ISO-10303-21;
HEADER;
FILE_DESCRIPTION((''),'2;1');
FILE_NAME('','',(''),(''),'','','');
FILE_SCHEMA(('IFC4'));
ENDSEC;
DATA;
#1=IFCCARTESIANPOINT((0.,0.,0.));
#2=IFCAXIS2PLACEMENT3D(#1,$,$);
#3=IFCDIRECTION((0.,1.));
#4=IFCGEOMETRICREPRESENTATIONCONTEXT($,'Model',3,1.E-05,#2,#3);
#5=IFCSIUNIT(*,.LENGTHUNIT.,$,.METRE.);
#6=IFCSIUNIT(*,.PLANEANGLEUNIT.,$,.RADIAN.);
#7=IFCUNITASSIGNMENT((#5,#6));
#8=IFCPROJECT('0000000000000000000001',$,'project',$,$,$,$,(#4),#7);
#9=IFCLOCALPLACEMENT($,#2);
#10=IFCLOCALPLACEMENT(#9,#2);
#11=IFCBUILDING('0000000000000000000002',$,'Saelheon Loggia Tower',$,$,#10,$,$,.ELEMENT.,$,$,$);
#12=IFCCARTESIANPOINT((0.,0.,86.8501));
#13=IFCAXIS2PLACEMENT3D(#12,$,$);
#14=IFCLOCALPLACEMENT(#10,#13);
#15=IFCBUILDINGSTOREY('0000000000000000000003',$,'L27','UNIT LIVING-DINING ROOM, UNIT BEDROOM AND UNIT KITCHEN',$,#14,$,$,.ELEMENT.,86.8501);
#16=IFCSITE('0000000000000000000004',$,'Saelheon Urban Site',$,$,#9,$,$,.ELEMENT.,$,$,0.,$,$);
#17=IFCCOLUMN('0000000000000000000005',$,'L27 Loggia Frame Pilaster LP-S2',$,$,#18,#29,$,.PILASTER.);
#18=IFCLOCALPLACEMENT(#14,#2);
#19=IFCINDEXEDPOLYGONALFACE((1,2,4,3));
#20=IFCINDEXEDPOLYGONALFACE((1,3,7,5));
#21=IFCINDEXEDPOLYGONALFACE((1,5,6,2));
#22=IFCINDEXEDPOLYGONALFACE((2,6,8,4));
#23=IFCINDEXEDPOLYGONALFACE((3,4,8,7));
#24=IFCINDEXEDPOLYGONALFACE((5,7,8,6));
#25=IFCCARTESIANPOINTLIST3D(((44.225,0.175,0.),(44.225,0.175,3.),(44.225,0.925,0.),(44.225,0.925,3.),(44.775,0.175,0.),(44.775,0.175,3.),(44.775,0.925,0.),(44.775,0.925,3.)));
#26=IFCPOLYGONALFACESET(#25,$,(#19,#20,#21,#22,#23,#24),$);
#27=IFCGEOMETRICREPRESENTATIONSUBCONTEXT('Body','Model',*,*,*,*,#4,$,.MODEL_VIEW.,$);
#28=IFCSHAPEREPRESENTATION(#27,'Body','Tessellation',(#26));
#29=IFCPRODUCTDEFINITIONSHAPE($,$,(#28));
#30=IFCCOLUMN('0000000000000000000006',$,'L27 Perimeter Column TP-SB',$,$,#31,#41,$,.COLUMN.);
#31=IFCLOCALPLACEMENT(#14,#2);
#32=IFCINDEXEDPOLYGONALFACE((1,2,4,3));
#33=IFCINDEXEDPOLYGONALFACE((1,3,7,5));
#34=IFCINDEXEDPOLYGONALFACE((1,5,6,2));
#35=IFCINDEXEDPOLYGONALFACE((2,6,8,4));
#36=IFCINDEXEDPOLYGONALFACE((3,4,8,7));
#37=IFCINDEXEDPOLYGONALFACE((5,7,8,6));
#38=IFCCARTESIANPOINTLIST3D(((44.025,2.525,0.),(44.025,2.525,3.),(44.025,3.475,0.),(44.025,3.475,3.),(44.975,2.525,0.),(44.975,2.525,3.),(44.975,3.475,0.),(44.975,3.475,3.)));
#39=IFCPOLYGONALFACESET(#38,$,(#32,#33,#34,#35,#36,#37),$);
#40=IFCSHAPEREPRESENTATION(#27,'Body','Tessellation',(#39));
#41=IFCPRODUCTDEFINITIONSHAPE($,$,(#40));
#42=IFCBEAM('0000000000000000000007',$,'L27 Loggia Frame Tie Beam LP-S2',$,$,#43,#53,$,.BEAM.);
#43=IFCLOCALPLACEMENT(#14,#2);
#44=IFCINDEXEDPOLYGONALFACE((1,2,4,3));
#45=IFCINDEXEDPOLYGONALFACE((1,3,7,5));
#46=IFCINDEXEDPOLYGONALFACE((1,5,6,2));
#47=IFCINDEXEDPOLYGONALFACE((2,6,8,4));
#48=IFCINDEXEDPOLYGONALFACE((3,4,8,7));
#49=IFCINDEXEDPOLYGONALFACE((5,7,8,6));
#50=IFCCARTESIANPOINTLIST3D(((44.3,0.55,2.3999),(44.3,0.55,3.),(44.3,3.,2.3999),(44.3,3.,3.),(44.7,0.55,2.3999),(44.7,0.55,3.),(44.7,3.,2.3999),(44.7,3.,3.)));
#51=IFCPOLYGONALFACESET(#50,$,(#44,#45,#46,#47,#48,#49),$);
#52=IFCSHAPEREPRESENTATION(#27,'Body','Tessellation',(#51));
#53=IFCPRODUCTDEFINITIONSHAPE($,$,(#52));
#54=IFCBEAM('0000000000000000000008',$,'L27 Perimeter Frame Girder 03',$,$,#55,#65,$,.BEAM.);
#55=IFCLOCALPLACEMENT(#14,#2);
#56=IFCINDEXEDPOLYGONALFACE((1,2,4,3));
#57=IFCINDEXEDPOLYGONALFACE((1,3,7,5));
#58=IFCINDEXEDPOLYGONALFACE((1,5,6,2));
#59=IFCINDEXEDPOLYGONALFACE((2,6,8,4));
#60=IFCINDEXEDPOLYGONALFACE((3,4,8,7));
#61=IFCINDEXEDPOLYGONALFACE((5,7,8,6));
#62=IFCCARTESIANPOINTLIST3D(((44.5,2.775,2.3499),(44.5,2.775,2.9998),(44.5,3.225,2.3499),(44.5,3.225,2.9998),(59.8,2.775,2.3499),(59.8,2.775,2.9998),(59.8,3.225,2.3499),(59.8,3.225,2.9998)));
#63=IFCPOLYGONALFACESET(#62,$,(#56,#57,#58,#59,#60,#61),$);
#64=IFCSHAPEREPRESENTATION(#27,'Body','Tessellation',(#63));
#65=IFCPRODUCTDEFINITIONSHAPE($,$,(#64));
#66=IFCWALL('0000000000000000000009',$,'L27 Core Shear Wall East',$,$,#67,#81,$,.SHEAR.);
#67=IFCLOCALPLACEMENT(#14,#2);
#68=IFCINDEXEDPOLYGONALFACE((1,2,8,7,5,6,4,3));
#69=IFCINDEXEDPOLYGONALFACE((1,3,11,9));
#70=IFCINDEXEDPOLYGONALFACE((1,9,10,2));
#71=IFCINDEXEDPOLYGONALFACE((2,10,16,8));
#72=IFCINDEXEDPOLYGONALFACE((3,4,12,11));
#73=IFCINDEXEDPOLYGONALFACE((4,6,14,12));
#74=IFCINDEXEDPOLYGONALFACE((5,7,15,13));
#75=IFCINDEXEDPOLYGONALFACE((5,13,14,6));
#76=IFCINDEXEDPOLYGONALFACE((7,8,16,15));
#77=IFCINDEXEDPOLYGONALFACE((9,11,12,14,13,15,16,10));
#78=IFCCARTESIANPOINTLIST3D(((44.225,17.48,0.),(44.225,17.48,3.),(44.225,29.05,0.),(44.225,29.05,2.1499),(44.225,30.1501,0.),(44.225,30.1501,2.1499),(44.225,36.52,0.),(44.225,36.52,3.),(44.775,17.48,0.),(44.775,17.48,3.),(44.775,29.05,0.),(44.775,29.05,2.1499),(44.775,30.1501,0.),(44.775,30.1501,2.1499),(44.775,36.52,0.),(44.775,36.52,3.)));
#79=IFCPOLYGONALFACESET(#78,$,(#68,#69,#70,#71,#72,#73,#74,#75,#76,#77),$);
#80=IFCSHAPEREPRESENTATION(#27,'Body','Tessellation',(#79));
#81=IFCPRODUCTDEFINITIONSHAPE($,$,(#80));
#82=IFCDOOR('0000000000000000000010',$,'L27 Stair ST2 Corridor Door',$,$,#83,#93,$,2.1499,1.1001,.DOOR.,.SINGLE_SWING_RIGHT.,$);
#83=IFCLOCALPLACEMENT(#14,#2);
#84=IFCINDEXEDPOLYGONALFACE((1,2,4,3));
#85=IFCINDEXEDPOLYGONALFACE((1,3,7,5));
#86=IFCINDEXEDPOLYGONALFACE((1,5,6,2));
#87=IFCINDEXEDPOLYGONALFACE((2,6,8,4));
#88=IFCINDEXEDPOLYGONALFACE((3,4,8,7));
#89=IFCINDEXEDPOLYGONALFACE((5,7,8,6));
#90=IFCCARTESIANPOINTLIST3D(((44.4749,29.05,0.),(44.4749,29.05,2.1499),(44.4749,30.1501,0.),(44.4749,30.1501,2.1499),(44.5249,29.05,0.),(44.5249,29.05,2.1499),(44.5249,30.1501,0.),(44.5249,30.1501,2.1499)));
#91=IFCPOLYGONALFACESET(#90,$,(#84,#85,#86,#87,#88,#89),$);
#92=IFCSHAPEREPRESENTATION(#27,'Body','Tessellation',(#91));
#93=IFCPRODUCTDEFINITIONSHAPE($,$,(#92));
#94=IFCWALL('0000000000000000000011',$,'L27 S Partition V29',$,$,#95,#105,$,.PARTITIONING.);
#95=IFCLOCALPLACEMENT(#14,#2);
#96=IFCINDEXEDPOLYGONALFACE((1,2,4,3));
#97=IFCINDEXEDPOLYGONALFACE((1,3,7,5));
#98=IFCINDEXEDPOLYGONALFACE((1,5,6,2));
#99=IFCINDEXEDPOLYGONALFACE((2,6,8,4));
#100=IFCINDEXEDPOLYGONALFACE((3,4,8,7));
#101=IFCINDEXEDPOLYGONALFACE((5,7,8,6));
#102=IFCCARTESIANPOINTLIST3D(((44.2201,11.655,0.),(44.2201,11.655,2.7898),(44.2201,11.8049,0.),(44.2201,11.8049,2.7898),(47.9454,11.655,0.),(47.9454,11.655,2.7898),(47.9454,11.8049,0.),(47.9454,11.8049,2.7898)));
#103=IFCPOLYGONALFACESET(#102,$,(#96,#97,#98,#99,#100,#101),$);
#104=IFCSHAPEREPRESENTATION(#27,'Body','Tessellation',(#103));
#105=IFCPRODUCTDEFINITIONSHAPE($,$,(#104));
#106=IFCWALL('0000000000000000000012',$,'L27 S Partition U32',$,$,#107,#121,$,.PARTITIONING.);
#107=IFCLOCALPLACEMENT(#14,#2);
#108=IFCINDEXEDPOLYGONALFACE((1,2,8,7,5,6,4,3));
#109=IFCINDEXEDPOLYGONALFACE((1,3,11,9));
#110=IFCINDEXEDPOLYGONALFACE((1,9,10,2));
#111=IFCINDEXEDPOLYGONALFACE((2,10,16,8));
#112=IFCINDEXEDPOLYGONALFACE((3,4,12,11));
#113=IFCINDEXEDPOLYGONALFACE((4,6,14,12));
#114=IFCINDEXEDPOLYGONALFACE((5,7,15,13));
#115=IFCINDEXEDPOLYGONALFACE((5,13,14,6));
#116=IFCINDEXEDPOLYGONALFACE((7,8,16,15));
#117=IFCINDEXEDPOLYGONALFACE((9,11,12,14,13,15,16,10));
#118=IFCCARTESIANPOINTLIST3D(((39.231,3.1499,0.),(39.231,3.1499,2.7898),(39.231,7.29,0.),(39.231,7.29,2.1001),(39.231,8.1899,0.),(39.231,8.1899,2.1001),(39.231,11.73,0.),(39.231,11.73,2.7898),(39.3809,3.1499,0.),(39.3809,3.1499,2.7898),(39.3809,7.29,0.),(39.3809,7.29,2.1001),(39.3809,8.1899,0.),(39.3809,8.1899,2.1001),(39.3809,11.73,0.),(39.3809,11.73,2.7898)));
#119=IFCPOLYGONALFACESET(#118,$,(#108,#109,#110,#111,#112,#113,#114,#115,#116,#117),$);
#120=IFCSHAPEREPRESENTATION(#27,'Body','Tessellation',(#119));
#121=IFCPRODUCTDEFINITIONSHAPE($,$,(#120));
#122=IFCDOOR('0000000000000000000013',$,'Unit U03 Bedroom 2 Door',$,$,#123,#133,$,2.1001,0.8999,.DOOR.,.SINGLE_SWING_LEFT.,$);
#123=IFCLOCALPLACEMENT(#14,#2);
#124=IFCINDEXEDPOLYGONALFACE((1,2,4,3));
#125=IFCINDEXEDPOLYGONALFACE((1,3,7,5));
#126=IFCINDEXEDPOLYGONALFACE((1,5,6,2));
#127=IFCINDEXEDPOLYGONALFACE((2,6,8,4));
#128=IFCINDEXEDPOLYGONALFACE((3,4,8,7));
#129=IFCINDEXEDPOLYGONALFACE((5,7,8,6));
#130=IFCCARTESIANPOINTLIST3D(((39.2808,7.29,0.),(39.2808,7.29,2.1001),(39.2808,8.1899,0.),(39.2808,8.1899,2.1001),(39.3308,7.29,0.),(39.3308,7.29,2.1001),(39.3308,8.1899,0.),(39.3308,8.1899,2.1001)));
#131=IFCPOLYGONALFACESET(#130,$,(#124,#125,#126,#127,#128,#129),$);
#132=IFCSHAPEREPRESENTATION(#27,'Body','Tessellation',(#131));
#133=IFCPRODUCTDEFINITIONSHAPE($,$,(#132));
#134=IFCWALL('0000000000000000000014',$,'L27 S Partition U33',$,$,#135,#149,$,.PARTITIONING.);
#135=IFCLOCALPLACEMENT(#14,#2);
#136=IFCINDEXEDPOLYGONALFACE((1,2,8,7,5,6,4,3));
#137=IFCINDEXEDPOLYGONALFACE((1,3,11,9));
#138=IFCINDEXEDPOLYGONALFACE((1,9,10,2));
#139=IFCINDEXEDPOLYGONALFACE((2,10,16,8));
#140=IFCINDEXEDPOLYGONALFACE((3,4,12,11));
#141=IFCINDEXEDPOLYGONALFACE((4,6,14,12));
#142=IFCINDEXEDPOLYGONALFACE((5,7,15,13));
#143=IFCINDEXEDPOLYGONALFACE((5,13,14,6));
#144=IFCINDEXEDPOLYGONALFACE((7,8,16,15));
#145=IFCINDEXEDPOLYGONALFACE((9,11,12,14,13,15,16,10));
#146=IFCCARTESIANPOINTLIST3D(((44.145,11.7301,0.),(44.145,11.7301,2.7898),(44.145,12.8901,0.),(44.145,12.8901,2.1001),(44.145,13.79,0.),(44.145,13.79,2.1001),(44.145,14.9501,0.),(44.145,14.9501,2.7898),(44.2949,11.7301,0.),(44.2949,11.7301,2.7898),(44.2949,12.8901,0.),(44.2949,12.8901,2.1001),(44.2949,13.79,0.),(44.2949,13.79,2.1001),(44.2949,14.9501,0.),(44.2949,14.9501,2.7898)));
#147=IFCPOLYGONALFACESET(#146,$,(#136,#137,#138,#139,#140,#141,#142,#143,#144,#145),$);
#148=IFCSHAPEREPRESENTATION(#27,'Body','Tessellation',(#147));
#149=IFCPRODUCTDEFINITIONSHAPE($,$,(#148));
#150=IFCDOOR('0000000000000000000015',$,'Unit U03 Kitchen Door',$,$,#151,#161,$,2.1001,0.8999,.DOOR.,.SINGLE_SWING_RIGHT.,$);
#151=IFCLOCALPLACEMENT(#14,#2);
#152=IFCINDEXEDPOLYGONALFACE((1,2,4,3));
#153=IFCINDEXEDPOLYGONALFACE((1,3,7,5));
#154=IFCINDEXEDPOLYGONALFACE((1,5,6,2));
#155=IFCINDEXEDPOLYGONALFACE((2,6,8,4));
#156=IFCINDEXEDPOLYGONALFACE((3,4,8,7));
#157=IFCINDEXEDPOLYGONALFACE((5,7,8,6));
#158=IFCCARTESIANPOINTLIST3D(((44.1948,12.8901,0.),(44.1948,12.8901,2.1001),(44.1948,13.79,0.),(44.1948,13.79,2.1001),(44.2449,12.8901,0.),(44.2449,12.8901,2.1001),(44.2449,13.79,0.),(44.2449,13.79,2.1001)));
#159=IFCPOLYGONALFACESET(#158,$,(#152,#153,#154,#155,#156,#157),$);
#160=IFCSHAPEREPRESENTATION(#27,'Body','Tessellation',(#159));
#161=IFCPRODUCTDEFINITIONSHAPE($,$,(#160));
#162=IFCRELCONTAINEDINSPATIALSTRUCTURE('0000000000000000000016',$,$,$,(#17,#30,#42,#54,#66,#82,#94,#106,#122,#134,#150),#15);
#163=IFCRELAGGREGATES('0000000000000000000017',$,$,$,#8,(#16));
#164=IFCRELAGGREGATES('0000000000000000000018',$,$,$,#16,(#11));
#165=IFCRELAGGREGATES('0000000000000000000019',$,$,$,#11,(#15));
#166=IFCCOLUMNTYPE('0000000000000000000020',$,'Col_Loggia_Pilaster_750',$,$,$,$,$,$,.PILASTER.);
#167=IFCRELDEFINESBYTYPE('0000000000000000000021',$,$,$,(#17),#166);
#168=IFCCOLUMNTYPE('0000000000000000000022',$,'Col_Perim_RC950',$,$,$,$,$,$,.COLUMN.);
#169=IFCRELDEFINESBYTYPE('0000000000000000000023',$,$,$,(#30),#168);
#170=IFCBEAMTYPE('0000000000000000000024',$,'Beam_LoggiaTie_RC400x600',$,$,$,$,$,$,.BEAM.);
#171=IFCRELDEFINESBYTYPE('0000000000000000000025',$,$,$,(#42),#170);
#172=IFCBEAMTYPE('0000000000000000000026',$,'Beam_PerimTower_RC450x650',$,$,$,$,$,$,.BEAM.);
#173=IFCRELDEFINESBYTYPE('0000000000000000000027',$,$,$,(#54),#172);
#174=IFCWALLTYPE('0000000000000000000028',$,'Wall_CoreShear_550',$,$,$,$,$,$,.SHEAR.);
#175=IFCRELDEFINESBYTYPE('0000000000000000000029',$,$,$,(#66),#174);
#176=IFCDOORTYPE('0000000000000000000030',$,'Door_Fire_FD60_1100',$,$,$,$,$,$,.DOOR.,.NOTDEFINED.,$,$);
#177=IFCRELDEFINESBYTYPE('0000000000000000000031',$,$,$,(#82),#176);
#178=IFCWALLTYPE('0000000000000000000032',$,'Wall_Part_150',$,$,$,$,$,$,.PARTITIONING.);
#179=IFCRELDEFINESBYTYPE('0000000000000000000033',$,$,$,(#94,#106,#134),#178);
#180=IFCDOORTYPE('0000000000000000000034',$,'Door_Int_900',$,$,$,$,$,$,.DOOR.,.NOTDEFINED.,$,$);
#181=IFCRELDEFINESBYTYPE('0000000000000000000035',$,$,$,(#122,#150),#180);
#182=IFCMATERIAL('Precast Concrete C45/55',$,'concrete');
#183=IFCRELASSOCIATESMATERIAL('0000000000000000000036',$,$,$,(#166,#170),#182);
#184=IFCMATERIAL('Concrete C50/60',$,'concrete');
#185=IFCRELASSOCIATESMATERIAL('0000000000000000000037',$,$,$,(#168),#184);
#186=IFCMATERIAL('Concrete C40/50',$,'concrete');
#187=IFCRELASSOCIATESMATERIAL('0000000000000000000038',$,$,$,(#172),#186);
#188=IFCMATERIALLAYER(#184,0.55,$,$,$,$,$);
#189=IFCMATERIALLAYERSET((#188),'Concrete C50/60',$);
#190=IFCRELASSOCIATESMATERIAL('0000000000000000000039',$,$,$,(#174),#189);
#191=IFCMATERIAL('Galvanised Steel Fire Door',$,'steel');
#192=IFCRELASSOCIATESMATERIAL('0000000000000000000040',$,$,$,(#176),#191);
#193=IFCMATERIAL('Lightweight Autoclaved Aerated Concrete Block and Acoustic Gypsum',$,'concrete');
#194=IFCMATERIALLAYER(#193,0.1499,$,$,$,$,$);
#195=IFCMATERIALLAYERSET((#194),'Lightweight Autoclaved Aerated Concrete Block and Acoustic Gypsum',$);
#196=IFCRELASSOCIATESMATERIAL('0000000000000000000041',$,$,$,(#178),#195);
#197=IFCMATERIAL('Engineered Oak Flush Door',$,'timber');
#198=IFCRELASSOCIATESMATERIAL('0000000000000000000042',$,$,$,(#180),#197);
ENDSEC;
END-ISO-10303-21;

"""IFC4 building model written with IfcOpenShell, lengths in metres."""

from ifc_helpers import new_model, si_unit, direction, frame, frame_2d, origin, origin_2d, place, context, subcontext, project, spatial, rectangle, extrude, source, transform, mapped, material, layer, layer_set, material_profile, profile_set, type_object, element, fill, save


model = new_model("IFC4")

# Units and contexts
model_context = context("Model", 3, precision=1e-05, world=origin(), true_north=direction((0.0, 1.0)))
body_context = subcontext(model_context, "Body", "Model", "MODEL_VIEW")
ifc_project = project(units=[si_unit("LENGTHUNIT", "METRE"), si_unit("PLANEANGLEUNIT", "RADIAN")], contexts=[model_context])

# Site, building, storey
site_placement = place(None, origin())
site = spatial("IfcSite", under=ifc_project, at=site_placement, Name="Saelheon Urban Site", CompositionType="ELEMENT", RefElevation=0.0)
building_placement = place(site_placement, origin())
building = spatial("IfcBuilding", under=site, at=building_placement, Name="Saelheon Loggia Tower", CompositionType="ELEMENT")
storey_placement = place(building_placement, frame((0.0, 0.0, 86.8501)))
storey = spatial("IfcBuildingStorey", under=building, at=storey_placement, Name="L27", Description="UNIT LIVING-DINING ROOM, UNIT BEDROOM AND UNIT KITCHEN", CompositionType="ELEMENT", Elevation=86.8501)

# Columns
ifc_material_1 = material(Name="Precast Concrete C45/55", Category="concrete")
ifc_material_profile_1 = material_profile(ifc_material_1, rectangle(XDim=0.55, YDim=0.75, at=origin_2d()), Name="RC-550x750")
ifc_profile_set_1 = profile_set([ifc_material_profile_1], Name="Precast Concrete C45/55")
column_type_1 = type_object("IfcColumnType", Name="Col_Loggia_Pilaster_750", PredefinedType="PILASTER", material=ifc_profile_set_1)
shared_shape_1 = source(origin(), body_context, "Body", "SweptSolid", [
    extrude(rectangle(XDim=0.55, YDim=0.75, at=origin_2d()), origin(), (0.0, 0.0, 1.0), 3.0),
])
column_1_placement = place(storey_placement, frame((44.5, 0.55, 0.0), z_axis=(0.0, 0.0, 1.0), x_axis=(1.0, 0.0, 0.0)))
element("IfcColumn", 1, at=column_1_placement, inside=storey, type_object=column_type_1, Name="L27 Loggia Frame Pilaster LP-S2", PredefinedType="PILASTER", context=body_context, shape_type="MappedRepresentation", body=[
    mapped(shared_shape_1, transform((0.0, 0.0, 0.0), scale=1.0)),
])
ifc_material_2 = material(Name="Concrete C50/60", Category="concrete")
ifc_material_profile_2 = material_profile(ifc_material_2, rectangle(XDim=0.95, YDim=0.95, at=origin_2d()), Name="RC-950x950")
ifc_profile_set_2 = profile_set([ifc_material_profile_2], Name="Concrete C50/60")
column_type_2 = type_object("IfcColumnType", Name="Col_Perim_RC950", PredefinedType="COLUMN", material=ifc_profile_set_2)
shared_shape_2 = source(origin(), body_context, "Body", "SweptSolid", [
    extrude(rectangle(XDim=0.95, YDim=0.95, at=origin_2d()), origin(), (0.0, 0.0, 1.0), 3.0),
])
column_2_placement = place(storey_placement, frame((44.5, 3.0, 0.0), z_axis=(0.0, 0.0, 1.0), x_axis=(1.0, 0.0, 0.0)))
element("IfcColumn", 2, at=column_2_placement, inside=storey, type_object=column_type_2, Name="L27 Perimeter Column TP-SB", PredefinedType="COLUMN", context=body_context, shape_type="MappedRepresentation", body=[
    mapped(shared_shape_2, transform((0.0, 0.0, 0.0), scale=1.0)),
])

# Beams
ifc_material_profile_3 = material_profile(ifc_material_1, rectangle(XDim=0.3999, YDim=0.6001, at=origin_2d()), Name="RC-400x600")
ifc_profile_set_3 = profile_set([ifc_material_profile_3], Name="Precast Concrete C45/55")
beam_type_1 = type_object("IfcBeamType", Name="Beam_LoggiaTie_RC400x600", PredefinedType="BEAM", material=ifc_profile_set_3)
shared_shape_3 = source(origin(), body_context, "Body", "SweptSolid", [
    extrude(rectangle(XDim=0.3999, YDim=0.6001, at=origin_2d()), origin(), (0.0, 0.0, 1.0), 2.45),
])
beam_1_placement = place(storey_placement, frame((44.5, 3.0, 2.7), z_axis=(0.0, -1.0, 0.0), x_axis=(1.0, 0.0, 0.0)))
element("IfcBeam", 3, at=beam_1_placement, inside=storey, type_object=beam_type_1, Name="L27 Loggia Frame Tie Beam LP-S2", PredefinedType="BEAM", context=body_context, shape_type="MappedRepresentation", body=[
    mapped(shared_shape_3, transform((0.0, 0.0, 0.0), scale=1.0)),
])
ifc_material_3 = material(Name="Concrete C40/50", Category="concrete")
ifc_material_profile_4 = material_profile(ifc_material_3, rectangle(XDim=0.45, YDim=0.6499, at=origin_2d()), Name="RC-450x650")
ifc_profile_set_4 = profile_set([ifc_material_profile_4], Name="Concrete C40/50")
beam_type_2 = type_object("IfcBeamType", Name="Beam_PerimTower_RC450x650", PredefinedType="BEAM", material=ifc_profile_set_4)
shared_shape_4 = source(origin(), body_context, "Body", "SweptSolid", [
    extrude(rectangle(XDim=0.45, YDim=0.6499, at=origin_2d()), origin(), (0.0, 0.0, 1.0), 15.3),
])
beam_2_placement = place(storey_placement, frame((44.5, 3.0, 2.6748), z_axis=(1.0, 0.0, 0.0), x_axis=(0.0, 1.0, 0.0)))
element("IfcBeam", 4, at=beam_2_placement, inside=storey, type_object=beam_type_2, Name="L27 Perimeter Frame Girder 03", PredefinedType="BEAM", context=body_context, shape_type="MappedRepresentation", body=[
    mapped(shared_shape_4, transform((0.0, 0.0, 0.0), scale=1.0)),
])

# Wall, opening, door
ifc_layer_1 = layer(ifc_material_2, 0.55)
ifc_layer_set_1 = layer_set([ifc_layer_1], Name="Concrete C50/60")
wall_type_1 = type_object("IfcWallType", Name="Wall_CoreShear_550", PredefinedType="SHEAR", material=ifc_layer_set_1)
wall_1_placement = place(storey_placement, frame((44.5, 17.48, 0.0), z_axis=(0.0, 0.0, 1.0), x_axis=(0.0, 1.0, 0.0)))
wall_1 = element("IfcWall", 5, at=wall_1_placement, inside=storey, type_object=wall_type_1, Name="L27 Core Shear Wall East", PredefinedType="SHEAR", context=body_context, shape_type="SweptSolid", body=[
    extrude(rectangle(XDim=19.04, YDim=0.55, at=frame_2d((9.52, 0.0))), origin(), (0.0, 0.0, 1.0), 3.0),
])
opening_1_placement = place(wall_1_placement, frame((12.6702, 0.0, 0.0), z_axis=(0.0, 0.0, 1.0), x_axis=(-1.0, 0.0, 0.0)))
opening_1 = element("IfcOpeningElement", 6, at=opening_1_placement, cuts=wall_1, PredefinedType="OPENING", context=body_context, shape_type="SweptSolid", body=[
    extrude(rectangle(XDim=1.1001, YDim=2.1499, at=frame_2d((0.55, 1.075))), frame((0.0, 0.2871, 0.0), z_axis=(0.0, -1.0, 0.0), x_axis=(1.0, 0.0, 0.0)), (0.0, 0.0, 1.0), 0.574),
])
ifc_material_4 = material(Name="Galvanised Steel Fire Door", Category="steel")
door_type_1 = type_object("IfcDoorType", Name="Door_Fire_FD60_1100", OperationType="NOTDEFINED", PredefinedType="DOOR", material=ifc_material_4)
shared_shape_5 = source(origin(), body_context, "Body", "SweptSolid", [
    extrude(rectangle(XDim=1.1001, YDim=2.1499, at=frame_2d((0.55, 1.075))), frame((0.0, 0.0249, 0.0), z_axis=(0.0, -1.0, 0.0), x_axis=(1.0, 0.0, 0.0)), (0.0, 0.0, 1.0), 0.05),
])
door_1_placement = place(opening_1_placement, origin())
door_1 = element("IfcDoor", 7, at=door_1_placement, inside=storey, type_object=door_type_1, Name="L27 Stair ST2 Corridor Door", OperationType="SINGLE_SWING_RIGHT", OverallHeight=2.1499, OverallWidth=1.1001, PredefinedType="DOOR", context=body_context, shape_type="MappedRepresentation", body=[
    mapped(shared_shape_5, transform((0.0, 0.0, 0.0), scale=1.0)),
])
fill(opening_1, door_1)

# Wall
ifc_material_5 = material(Name="Lightweight Autoclaved Aerated Concrete Block and Acoustic Gypsum", Category="concrete")
ifc_layer_2 = layer(ifc_material_5, 0.1499)
ifc_layer_set_2 = layer_set([ifc_layer_2], Name="Lightweight Autoclaved Aerated Concrete Block and Acoustic Gypsum")
wall_type_2 = type_object("IfcWallType", Name="Wall_Part_150", PredefinedType="PARTITIONING", material=ifc_layer_set_2)
wall_2_placement = place(storey_placement, frame((44.22, 11.73, 0.0), z_axis=(0.0, 0.0, 1.0), x_axis=(1.0, 0.0, 0.0)))
element("IfcWall", 8, at=wall_2_placement, inside=storey, type_object=wall_type_2, Name="L27 S Partition V29", PredefinedType="PARTITIONING", context=body_context, shape_type="SweptSolid", body=[
    extrude(rectangle(XDim=3.7253, YDim=0.1499, at=frame_2d((1.8628, 0.0))), origin(), (0.0, 0.0, 1.0), 2.7898),
])

# Walls, openings, doors
wall_3_placement = place(storey_placement, frame((39.3059, 11.73, 0.0), z_axis=(0.0, 0.0, 1.0), x_axis=(0.0, -1.0, 0.0)))
wall_3 = element("IfcWall", 9, at=wall_3_placement, inside=storey, type_object=wall_type_2, Name="L27 S Partition U32", PredefinedType="PARTITIONING", context=body_context, shape_type="SweptSolid", body=[
    extrude(rectangle(XDim=8.5801, YDim=0.1499, at=frame_2d((4.29, 0.0))), origin(), (0.0, 0.0, 1.0), 2.7898),
])
opening_2_placement = place(wall_3_placement, frame((3.54, 0.0, 0.0)))
opening_2 = element("IfcOpeningElement", 10, at=opening_2_placement, cuts=wall_3, PredefinedType="OPENING", context=body_context, shape_type="SweptSolid", body=[
    extrude(rectangle(XDim=0.8999, YDim=2.1001, at=frame_2d((0.45, 1.05))), frame((0.0, 0.0869, 0.0), z_axis=(0.0, -1.0, 0.0), x_axis=(1.0, 0.0, 0.0)), (0.0, 0.0, 1.0), 0.1738),
])
ifc_material_6 = material(Name="Engineered Oak Flush Door", Category="timber")
door_type_2 = type_object("IfcDoorType", Name="Door_Int_900", OperationType="NOTDEFINED", PredefinedType="DOOR", material=ifc_material_6)
shared_shape_6 = source(origin(), body_context, "Body", "SweptSolid", [
    extrude(rectangle(XDim=0.8999, YDim=2.1001, at=frame_2d((0.45, 1.05))), frame((0.0, 0.0249, 0.0), z_axis=(0.0, -1.0, 0.0), x_axis=(1.0, 0.0, 0.0)), (0.0, 0.0, 1.0), 0.05),
])
door_2_placement = place(opening_2_placement, origin())
door_2 = element("IfcDoor", 11, at=door_2_placement, inside=storey, type_object=door_type_2, Name="Unit U03 Bedroom 2 Door", OperationType="SINGLE_SWING_LEFT", OverallHeight=2.1001, OverallWidth=0.8999, PredefinedType="DOOR", context=body_context, shape_type="MappedRepresentation", body=[
    mapped(shared_shape_6, transform((0.0, 0.0, 0.0), scale=1.0)),
])
fill(opening_2, door_2)
wall_4_placement = place(storey_placement, frame((44.22, 14.95, 0.0), z_axis=(0.0, 0.0, 1.0), x_axis=(0.0, -1.0, 0.0)))
wall_4 = element("IfcWall", 12, at=wall_4_placement, inside=storey, type_object=wall_type_2, Name="L27 S Partition U33", PredefinedType="PARTITIONING", context=body_context, shape_type="SweptSolid", body=[
    extrude(rectangle(XDim=3.22, YDim=0.1499, at=frame_2d((1.6099, 0.0))), origin(), (0.0, 0.0, 1.0), 2.7898),
])
opening_3_placement = place(wall_4_placement, frame((1.1599, 0.0, 0.0)))
opening_3 = element("IfcOpeningElement", 13, at=opening_3_placement, cuts=wall_4, PredefinedType="OPENING", context=body_context, shape_type="SweptSolid", body=[
    extrude(rectangle(XDim=0.8999, YDim=2.1001, at=frame_2d((0.45, 1.05))), frame((0.0, 0.0869, 0.0), z_axis=(0.0, -1.0, 0.0), x_axis=(1.0, 0.0, 0.0)), (0.0, 0.0, 1.0), 0.1738),
])
door_3_placement = place(opening_3_placement, origin())
door_3 = element("IfcDoor", 14, at=door_3_placement, inside=storey, type_object=door_type_2, Name="Unit U03 Kitchen Door", OperationType="SINGLE_SWING_RIGHT", OverallHeight=2.1001, OverallWidth=0.8999, PredefinedType="DOOR", context=body_context, shape_type="MappedRepresentation", body=[
    mapped(shared_shape_6, transform((0.0, 0.0, 0.0), scale=1.0)),
])
fill(opening_3, door_3)

save(model, "model.ifc")
